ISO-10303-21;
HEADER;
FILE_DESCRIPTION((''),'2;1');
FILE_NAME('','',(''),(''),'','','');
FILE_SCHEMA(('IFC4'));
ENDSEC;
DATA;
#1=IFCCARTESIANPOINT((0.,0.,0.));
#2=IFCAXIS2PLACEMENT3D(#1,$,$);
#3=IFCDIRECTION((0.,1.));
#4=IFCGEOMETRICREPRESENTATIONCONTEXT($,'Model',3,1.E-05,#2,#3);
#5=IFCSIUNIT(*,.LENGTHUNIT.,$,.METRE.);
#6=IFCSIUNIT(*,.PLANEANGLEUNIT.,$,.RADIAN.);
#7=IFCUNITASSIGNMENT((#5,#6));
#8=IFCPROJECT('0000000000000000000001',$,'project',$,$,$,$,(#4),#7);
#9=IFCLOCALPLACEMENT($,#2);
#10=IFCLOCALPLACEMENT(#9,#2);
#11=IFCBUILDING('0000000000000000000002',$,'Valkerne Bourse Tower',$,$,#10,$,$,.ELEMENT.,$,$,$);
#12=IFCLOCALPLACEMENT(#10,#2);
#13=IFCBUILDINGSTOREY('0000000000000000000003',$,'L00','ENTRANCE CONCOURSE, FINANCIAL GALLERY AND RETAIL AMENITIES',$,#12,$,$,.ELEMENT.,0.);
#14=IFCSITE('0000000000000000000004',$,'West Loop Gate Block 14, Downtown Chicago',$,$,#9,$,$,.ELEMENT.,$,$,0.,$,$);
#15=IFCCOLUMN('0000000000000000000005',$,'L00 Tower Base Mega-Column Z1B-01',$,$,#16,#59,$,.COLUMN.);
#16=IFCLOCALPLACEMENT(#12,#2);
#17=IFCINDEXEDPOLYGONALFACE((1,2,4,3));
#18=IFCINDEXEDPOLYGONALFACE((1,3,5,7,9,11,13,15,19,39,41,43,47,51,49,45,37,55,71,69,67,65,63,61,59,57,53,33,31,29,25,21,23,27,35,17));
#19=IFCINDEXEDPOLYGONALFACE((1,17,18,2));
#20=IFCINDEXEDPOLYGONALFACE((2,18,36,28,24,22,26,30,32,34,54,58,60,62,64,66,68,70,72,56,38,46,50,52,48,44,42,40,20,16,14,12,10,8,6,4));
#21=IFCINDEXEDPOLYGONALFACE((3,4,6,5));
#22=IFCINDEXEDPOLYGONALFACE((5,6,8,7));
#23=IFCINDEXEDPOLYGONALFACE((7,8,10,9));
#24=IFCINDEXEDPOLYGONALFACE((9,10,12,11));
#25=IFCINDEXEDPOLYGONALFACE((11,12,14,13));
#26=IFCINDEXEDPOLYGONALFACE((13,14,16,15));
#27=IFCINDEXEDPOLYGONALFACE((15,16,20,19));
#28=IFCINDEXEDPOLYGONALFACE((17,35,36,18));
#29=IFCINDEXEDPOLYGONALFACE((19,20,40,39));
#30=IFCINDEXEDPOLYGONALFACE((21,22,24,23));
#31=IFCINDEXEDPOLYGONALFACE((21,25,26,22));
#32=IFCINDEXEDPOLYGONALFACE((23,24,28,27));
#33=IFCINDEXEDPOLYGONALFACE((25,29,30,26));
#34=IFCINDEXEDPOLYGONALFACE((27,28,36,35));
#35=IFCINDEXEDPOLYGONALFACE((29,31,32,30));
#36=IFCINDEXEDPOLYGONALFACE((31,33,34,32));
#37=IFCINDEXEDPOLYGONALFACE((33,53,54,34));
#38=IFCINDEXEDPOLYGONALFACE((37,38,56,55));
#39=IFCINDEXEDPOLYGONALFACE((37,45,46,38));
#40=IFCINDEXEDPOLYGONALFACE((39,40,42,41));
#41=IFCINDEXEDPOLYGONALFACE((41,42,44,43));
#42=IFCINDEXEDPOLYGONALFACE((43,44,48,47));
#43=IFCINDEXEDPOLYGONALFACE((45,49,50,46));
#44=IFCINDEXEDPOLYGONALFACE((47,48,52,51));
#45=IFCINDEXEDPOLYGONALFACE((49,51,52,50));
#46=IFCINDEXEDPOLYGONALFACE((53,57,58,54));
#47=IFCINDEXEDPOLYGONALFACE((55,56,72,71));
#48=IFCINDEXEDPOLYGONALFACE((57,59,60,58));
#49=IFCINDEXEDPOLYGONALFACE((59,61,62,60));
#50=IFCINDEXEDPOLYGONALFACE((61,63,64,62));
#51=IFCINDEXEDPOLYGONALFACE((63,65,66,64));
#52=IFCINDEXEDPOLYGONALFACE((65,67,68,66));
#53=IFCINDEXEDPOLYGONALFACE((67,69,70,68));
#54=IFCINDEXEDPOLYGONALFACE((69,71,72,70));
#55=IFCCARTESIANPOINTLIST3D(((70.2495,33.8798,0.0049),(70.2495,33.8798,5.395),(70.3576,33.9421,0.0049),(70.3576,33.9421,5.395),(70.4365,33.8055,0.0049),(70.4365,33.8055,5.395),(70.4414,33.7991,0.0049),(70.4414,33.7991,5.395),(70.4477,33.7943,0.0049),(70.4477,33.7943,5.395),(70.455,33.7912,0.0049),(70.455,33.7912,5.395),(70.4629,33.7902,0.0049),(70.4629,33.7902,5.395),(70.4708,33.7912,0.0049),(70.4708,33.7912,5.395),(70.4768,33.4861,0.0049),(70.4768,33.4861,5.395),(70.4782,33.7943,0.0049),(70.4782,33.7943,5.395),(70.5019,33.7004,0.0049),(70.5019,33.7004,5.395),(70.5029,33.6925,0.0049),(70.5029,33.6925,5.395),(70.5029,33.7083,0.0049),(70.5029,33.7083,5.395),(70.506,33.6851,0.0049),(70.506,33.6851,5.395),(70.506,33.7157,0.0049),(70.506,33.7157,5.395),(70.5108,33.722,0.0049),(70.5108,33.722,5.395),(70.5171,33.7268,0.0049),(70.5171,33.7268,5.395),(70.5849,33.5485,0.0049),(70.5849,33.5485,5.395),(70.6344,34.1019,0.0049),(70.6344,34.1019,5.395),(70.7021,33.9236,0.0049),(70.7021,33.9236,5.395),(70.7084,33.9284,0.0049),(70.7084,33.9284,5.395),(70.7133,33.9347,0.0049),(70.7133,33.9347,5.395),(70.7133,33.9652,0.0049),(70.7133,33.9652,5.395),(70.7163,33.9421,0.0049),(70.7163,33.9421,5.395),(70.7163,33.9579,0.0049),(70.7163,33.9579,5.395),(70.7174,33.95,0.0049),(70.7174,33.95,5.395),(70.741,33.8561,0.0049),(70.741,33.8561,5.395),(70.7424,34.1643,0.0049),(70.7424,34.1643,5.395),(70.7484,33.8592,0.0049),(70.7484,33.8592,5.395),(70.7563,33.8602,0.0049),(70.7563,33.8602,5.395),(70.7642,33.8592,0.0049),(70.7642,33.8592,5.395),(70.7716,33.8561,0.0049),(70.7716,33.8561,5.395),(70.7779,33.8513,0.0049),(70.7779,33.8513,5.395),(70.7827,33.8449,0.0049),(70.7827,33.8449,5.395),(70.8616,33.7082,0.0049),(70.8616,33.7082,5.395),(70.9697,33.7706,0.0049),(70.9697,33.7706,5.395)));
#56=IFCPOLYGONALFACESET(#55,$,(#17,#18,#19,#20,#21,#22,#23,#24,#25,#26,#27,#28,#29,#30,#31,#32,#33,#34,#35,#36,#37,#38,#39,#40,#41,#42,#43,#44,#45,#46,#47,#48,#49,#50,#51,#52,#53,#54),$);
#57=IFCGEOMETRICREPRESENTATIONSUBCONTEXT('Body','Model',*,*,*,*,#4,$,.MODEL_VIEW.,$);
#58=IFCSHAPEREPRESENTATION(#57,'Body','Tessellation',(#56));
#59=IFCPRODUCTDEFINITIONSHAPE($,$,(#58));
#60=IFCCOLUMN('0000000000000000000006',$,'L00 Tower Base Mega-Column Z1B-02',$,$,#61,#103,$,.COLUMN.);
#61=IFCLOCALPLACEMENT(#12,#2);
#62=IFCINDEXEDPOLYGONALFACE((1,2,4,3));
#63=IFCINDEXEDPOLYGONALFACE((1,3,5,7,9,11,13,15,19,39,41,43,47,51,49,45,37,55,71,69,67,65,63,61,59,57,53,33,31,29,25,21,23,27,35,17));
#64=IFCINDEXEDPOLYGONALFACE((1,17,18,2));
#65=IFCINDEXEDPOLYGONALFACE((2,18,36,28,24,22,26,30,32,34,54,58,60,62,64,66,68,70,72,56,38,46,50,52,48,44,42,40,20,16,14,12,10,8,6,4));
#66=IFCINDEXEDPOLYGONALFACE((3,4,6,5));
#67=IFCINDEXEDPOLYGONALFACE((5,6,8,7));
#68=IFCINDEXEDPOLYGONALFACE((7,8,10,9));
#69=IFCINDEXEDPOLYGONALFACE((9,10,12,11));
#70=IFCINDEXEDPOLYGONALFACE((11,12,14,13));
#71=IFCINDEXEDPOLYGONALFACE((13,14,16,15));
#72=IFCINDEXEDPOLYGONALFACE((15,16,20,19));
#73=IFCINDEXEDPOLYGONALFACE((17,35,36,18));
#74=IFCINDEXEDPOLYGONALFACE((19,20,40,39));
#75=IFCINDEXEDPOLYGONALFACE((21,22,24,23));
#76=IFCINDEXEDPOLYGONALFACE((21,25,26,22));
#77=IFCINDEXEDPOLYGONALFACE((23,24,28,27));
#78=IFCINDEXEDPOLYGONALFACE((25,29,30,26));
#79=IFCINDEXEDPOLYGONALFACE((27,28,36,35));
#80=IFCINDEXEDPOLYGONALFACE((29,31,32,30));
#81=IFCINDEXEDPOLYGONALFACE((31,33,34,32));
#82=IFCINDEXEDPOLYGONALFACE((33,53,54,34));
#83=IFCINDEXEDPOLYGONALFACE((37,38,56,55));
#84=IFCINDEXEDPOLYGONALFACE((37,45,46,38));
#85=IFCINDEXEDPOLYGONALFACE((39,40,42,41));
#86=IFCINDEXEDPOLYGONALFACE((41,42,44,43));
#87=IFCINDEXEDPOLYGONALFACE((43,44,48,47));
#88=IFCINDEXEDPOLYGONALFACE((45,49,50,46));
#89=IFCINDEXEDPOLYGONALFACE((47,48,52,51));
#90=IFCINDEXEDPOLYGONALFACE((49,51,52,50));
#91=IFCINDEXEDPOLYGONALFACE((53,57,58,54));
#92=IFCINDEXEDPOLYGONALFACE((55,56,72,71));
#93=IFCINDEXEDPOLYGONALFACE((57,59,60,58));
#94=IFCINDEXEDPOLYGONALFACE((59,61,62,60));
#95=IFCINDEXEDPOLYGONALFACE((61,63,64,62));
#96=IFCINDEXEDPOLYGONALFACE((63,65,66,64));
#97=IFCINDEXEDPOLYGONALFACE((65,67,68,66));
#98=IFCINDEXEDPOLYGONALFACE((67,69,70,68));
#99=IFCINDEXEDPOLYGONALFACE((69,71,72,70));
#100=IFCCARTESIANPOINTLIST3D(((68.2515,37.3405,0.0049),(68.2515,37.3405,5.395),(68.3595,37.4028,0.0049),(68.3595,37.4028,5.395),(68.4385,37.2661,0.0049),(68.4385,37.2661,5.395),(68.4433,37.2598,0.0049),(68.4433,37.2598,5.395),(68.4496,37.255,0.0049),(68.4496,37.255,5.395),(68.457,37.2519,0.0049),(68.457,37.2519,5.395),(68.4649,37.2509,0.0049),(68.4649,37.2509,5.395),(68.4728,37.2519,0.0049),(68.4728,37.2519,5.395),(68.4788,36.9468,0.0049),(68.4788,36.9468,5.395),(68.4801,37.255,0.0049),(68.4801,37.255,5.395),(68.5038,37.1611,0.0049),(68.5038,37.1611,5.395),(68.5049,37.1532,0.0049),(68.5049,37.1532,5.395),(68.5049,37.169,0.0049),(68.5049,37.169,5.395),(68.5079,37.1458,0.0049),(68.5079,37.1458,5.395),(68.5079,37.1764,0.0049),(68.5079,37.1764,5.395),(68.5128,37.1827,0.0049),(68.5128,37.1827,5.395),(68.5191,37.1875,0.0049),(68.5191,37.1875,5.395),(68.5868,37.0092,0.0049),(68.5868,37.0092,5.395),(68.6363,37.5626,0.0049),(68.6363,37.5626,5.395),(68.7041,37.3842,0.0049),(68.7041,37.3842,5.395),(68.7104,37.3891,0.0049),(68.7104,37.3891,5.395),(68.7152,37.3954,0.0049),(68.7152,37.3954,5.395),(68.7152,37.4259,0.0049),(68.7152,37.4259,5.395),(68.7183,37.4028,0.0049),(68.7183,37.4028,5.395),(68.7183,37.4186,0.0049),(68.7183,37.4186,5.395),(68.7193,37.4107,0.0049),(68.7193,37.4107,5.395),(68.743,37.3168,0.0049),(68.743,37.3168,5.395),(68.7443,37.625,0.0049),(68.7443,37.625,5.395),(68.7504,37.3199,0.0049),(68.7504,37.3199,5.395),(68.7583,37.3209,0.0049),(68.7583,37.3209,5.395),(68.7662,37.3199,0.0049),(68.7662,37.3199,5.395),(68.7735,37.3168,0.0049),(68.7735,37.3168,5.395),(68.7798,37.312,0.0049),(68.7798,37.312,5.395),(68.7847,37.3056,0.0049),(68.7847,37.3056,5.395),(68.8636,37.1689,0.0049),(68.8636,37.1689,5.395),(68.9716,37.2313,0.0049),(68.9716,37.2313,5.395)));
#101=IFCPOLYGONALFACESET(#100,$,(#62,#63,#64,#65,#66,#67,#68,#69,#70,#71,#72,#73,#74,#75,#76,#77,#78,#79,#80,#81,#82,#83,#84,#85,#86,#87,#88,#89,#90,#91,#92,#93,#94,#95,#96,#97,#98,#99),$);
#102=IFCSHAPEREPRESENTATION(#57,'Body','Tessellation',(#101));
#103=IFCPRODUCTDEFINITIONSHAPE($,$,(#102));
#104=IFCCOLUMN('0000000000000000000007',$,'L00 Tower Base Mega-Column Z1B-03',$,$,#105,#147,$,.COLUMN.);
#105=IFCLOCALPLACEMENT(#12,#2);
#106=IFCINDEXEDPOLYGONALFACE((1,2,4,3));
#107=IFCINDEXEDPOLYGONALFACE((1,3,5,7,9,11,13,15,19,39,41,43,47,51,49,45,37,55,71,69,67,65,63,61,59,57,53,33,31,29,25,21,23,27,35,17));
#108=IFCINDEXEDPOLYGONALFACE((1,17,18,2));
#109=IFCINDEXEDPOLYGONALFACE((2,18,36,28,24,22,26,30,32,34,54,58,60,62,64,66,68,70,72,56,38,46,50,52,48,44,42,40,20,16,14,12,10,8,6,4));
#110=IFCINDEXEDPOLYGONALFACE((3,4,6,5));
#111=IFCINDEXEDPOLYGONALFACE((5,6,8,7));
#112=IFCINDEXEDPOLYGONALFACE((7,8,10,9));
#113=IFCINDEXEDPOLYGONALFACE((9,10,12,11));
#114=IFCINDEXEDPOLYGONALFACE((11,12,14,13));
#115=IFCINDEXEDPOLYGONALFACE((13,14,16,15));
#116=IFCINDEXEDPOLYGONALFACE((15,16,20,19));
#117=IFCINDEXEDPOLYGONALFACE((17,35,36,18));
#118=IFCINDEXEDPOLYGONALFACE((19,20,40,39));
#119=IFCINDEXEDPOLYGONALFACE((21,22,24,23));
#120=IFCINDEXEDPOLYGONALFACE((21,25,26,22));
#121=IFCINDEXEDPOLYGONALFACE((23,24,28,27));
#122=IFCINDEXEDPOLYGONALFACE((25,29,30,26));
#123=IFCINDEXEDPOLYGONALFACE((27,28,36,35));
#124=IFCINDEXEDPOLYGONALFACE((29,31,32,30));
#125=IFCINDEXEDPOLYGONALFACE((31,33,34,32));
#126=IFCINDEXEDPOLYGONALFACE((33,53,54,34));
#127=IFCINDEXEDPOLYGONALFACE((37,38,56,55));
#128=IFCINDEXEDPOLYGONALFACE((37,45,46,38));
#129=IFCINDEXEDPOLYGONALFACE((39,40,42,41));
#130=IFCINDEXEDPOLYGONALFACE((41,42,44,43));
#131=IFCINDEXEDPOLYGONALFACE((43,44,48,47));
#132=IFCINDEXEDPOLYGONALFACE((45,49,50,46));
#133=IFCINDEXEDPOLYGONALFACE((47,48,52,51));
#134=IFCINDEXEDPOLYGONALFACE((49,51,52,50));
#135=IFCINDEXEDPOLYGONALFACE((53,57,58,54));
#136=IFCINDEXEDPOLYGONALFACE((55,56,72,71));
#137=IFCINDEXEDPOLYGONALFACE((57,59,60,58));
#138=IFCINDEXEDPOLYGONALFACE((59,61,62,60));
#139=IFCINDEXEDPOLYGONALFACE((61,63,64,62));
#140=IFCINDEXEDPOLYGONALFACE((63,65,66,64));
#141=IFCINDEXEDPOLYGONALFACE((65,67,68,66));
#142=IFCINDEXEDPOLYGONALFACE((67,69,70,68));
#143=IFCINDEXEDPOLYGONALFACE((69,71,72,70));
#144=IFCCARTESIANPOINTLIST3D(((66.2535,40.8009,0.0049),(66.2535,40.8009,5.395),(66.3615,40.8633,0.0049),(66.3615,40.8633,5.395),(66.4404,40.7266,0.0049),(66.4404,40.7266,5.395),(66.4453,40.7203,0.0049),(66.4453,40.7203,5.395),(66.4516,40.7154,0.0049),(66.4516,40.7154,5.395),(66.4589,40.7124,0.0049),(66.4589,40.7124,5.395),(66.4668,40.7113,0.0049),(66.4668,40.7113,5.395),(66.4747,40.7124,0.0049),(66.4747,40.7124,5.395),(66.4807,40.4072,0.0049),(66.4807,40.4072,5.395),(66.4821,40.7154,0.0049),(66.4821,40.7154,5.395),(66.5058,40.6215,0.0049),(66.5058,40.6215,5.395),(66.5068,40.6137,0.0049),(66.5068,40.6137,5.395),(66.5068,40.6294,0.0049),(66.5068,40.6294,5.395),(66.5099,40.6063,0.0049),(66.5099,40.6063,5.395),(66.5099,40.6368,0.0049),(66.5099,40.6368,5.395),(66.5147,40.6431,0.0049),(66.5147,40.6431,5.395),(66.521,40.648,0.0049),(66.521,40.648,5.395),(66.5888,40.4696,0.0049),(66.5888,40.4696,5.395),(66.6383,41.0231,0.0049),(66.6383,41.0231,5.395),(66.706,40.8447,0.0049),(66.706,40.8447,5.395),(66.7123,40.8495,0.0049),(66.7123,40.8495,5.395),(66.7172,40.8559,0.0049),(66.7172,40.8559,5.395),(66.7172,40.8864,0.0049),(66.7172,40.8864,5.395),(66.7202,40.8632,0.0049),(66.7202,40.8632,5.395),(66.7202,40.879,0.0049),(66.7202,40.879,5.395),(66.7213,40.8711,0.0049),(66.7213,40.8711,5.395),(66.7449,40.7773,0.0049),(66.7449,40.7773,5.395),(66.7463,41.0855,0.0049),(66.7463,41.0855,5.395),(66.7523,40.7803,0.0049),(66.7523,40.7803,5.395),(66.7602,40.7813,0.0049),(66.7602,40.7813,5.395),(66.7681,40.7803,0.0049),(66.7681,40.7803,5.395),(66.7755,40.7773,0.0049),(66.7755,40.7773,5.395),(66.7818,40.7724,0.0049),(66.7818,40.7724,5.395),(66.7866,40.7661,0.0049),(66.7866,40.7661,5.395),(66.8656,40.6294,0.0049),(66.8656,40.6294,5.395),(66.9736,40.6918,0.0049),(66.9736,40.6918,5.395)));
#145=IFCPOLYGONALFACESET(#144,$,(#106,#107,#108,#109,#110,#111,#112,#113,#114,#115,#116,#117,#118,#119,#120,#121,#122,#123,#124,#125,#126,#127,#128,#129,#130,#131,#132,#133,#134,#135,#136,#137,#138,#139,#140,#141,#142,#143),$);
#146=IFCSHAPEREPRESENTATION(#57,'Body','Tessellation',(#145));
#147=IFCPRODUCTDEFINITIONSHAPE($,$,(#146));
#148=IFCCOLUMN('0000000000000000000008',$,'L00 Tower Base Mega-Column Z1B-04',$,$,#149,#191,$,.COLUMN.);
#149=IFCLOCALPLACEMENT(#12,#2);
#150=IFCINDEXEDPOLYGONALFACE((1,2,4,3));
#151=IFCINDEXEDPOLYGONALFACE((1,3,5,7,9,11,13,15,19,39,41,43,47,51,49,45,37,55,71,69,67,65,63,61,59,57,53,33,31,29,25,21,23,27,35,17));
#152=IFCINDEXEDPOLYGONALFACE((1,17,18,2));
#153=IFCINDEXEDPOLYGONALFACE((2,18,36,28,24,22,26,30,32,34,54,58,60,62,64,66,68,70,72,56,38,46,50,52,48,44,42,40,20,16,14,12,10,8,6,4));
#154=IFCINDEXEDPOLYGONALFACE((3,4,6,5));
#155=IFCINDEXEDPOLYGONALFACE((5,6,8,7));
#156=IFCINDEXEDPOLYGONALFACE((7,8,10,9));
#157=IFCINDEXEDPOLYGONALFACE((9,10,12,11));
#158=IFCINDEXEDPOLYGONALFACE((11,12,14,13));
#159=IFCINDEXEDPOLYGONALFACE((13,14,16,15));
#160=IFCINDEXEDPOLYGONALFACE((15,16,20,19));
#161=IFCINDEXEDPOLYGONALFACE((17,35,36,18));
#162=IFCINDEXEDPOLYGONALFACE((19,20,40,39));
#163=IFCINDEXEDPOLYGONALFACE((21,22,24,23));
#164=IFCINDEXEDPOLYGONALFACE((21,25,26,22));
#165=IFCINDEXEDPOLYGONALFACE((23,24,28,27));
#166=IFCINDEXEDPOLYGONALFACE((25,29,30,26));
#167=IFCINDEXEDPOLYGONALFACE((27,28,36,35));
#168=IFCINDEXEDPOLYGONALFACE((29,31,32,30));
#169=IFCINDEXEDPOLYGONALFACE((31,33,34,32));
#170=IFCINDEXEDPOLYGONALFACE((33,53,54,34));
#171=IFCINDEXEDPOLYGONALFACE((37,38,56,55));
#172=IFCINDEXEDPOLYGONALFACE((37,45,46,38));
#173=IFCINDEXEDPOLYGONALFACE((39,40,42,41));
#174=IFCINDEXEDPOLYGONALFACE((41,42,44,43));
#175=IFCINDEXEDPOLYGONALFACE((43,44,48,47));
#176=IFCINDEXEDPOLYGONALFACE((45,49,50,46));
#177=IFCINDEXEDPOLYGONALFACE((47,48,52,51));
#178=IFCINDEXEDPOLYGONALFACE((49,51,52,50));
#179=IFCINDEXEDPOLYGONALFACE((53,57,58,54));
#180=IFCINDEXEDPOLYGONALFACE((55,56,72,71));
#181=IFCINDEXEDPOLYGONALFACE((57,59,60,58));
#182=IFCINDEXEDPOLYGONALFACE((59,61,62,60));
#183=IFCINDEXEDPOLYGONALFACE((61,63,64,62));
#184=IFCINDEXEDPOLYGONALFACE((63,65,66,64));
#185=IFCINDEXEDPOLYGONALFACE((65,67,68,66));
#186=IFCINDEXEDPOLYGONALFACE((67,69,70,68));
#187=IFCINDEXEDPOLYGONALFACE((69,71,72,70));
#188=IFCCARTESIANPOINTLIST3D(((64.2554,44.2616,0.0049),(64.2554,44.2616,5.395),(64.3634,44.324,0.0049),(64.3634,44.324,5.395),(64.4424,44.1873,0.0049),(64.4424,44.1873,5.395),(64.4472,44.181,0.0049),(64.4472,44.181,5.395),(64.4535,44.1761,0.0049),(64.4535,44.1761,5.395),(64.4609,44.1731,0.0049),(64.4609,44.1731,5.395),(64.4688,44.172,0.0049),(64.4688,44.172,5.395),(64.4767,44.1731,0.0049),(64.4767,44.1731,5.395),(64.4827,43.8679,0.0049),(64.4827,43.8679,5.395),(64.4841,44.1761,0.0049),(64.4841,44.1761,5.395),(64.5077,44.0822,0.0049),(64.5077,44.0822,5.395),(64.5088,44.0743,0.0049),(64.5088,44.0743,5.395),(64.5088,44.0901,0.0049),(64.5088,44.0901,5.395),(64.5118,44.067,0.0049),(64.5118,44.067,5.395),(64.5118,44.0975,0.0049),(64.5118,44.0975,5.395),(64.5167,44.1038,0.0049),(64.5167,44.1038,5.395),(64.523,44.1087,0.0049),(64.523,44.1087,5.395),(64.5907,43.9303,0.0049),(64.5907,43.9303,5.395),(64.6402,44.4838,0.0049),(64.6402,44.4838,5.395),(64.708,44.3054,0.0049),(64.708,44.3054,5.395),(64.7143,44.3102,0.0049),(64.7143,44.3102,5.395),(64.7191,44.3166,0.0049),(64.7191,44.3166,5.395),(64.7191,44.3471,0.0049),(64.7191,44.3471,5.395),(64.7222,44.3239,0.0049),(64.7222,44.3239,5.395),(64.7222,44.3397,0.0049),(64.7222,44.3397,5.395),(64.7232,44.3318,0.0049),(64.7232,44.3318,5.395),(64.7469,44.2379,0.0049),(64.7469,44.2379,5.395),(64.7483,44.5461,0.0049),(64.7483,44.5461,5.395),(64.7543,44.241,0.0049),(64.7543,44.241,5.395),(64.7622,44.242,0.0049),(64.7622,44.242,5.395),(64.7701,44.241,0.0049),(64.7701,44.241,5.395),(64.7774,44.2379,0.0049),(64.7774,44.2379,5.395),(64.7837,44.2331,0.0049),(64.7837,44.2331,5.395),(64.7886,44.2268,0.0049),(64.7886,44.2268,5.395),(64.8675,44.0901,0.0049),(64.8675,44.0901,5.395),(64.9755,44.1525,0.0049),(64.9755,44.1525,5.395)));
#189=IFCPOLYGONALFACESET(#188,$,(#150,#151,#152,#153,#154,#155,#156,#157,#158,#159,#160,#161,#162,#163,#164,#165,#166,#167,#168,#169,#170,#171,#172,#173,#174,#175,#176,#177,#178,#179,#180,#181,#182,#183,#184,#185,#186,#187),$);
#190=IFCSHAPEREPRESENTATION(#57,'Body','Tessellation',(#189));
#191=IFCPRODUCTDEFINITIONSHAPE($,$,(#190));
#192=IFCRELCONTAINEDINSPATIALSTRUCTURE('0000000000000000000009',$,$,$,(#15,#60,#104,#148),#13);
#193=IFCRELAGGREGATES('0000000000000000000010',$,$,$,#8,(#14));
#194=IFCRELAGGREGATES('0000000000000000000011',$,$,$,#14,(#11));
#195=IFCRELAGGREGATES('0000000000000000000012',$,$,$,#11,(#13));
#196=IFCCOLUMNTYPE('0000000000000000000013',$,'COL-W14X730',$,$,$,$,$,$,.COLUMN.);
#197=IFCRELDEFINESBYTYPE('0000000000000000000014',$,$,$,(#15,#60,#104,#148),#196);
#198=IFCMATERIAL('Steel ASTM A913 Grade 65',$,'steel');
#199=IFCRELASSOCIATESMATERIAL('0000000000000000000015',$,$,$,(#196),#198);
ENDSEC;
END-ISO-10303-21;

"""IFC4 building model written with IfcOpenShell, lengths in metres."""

from ifc_helpers import new_model, si_unit, direction, frame, origin, origin_2d, place, context, subcontext, project, spatial, i_section, extrude, material, material_profile, profile_set, type_object, element, save


model = new_model("IFC4")

# Units and contexts
model_context = context("Model", 3, precision=1e-05, world=origin(), true_north=direction((0.0, 1.0)))
body_context = subcontext(model_context, "Body", "Model", "MODEL_VIEW")
ifc_project = project(units=[si_unit("LENGTHUNIT", "METRE"), si_unit("PLANEANGLEUNIT", "RADIAN")], contexts=[model_context])

# Site, building, storey
site_placement = place(None, origin())
site = spatial("IfcSite", under=ifc_project, at=site_placement, Name="West Loop Gate Block 14, Downtown Chicago", CompositionType="ELEMENT", RefElevation=0.0)
building_placement = place(site_placement, origin())
building = spatial("IfcBuilding", under=site, at=building_placement, Name="Valkerne Bourse Tower", CompositionType="ELEMENT")
storey_placement = place(building_placement, origin())
storey = spatial("IfcBuildingStorey", under=building, at=storey_placement, Name="L00", Description="ENTRANCE CONCOURSE, FINANCIAL GALLERY AND RETAIL AMENITIES", CompositionType="ELEMENT", Elevation=0.0)

# Columns
ifc_material_1 = material(Name="Steel ASTM A913 Grade 65", Category="steel")
ifc_material_profile_1 = material_profile(ifc_material_1, i_section(OverallWidth=0.4546, OverallDepth=0.5691, WebThickness=0.0779, FlangeThickness=0.1248, FilletRadius=0.0305, at=origin_2d()), Name="W14X730")
ifc_profile_set_1 = profile_set([ifc_material_profile_1], Name="Steel ASTM A913 Grade 65")
column_type_1 = type_object("IfcColumnType", Name="COL-W14X730", PredefinedType="COLUMN", material=ifc_profile_set_1)
for number, where, z_axis, x_axis, name in (
    (1, (70.6096, 33.8252, 0.0049), (0.0, 0.0, 1.0), (-0.5, 0.866025, 0.0), "L00 Tower Base Mega-Column Z1B-01"),
    (2, (68.6116, 37.2859, 0.0049), (0.0, 0.0, 1.0), (-0.5, 0.866025, 0.0), "L00 Tower Base Mega-Column Z1B-02"),
    (3, (66.6135, 40.7463, 0.0049), (0.0, 0.0, 1.0), (-0.5, 0.866025, 0.0), "L00 Tower Base Mega-Column Z1B-03"),
    (4, (64.6155, 44.207, 0.0049), (0.0, 0.0, 1.0), (-0.5, 0.866025, 0.0), "L00 Tower Base Mega-Column Z1B-04"),
):
    element("IfcColumn", number, at=place(storey_placement, frame(where, z_axis=z_axis, x_axis=x_axis)), inside=storey, type_object=column_type_1, Name=name, PredefinedType="COLUMN", context=body_context, shape_type="SweptSolid", body=[
        extrude(i_section(OverallWidth=0.4546, OverallDepth=0.5691, WebThickness=0.0779, FlangeThickness=0.1248, FilletRadius=0.0305, at=origin_2d()), origin(), (0.0, 0.0, 1.0), 5.3901),
    ])

save(model, "model.ifc")
